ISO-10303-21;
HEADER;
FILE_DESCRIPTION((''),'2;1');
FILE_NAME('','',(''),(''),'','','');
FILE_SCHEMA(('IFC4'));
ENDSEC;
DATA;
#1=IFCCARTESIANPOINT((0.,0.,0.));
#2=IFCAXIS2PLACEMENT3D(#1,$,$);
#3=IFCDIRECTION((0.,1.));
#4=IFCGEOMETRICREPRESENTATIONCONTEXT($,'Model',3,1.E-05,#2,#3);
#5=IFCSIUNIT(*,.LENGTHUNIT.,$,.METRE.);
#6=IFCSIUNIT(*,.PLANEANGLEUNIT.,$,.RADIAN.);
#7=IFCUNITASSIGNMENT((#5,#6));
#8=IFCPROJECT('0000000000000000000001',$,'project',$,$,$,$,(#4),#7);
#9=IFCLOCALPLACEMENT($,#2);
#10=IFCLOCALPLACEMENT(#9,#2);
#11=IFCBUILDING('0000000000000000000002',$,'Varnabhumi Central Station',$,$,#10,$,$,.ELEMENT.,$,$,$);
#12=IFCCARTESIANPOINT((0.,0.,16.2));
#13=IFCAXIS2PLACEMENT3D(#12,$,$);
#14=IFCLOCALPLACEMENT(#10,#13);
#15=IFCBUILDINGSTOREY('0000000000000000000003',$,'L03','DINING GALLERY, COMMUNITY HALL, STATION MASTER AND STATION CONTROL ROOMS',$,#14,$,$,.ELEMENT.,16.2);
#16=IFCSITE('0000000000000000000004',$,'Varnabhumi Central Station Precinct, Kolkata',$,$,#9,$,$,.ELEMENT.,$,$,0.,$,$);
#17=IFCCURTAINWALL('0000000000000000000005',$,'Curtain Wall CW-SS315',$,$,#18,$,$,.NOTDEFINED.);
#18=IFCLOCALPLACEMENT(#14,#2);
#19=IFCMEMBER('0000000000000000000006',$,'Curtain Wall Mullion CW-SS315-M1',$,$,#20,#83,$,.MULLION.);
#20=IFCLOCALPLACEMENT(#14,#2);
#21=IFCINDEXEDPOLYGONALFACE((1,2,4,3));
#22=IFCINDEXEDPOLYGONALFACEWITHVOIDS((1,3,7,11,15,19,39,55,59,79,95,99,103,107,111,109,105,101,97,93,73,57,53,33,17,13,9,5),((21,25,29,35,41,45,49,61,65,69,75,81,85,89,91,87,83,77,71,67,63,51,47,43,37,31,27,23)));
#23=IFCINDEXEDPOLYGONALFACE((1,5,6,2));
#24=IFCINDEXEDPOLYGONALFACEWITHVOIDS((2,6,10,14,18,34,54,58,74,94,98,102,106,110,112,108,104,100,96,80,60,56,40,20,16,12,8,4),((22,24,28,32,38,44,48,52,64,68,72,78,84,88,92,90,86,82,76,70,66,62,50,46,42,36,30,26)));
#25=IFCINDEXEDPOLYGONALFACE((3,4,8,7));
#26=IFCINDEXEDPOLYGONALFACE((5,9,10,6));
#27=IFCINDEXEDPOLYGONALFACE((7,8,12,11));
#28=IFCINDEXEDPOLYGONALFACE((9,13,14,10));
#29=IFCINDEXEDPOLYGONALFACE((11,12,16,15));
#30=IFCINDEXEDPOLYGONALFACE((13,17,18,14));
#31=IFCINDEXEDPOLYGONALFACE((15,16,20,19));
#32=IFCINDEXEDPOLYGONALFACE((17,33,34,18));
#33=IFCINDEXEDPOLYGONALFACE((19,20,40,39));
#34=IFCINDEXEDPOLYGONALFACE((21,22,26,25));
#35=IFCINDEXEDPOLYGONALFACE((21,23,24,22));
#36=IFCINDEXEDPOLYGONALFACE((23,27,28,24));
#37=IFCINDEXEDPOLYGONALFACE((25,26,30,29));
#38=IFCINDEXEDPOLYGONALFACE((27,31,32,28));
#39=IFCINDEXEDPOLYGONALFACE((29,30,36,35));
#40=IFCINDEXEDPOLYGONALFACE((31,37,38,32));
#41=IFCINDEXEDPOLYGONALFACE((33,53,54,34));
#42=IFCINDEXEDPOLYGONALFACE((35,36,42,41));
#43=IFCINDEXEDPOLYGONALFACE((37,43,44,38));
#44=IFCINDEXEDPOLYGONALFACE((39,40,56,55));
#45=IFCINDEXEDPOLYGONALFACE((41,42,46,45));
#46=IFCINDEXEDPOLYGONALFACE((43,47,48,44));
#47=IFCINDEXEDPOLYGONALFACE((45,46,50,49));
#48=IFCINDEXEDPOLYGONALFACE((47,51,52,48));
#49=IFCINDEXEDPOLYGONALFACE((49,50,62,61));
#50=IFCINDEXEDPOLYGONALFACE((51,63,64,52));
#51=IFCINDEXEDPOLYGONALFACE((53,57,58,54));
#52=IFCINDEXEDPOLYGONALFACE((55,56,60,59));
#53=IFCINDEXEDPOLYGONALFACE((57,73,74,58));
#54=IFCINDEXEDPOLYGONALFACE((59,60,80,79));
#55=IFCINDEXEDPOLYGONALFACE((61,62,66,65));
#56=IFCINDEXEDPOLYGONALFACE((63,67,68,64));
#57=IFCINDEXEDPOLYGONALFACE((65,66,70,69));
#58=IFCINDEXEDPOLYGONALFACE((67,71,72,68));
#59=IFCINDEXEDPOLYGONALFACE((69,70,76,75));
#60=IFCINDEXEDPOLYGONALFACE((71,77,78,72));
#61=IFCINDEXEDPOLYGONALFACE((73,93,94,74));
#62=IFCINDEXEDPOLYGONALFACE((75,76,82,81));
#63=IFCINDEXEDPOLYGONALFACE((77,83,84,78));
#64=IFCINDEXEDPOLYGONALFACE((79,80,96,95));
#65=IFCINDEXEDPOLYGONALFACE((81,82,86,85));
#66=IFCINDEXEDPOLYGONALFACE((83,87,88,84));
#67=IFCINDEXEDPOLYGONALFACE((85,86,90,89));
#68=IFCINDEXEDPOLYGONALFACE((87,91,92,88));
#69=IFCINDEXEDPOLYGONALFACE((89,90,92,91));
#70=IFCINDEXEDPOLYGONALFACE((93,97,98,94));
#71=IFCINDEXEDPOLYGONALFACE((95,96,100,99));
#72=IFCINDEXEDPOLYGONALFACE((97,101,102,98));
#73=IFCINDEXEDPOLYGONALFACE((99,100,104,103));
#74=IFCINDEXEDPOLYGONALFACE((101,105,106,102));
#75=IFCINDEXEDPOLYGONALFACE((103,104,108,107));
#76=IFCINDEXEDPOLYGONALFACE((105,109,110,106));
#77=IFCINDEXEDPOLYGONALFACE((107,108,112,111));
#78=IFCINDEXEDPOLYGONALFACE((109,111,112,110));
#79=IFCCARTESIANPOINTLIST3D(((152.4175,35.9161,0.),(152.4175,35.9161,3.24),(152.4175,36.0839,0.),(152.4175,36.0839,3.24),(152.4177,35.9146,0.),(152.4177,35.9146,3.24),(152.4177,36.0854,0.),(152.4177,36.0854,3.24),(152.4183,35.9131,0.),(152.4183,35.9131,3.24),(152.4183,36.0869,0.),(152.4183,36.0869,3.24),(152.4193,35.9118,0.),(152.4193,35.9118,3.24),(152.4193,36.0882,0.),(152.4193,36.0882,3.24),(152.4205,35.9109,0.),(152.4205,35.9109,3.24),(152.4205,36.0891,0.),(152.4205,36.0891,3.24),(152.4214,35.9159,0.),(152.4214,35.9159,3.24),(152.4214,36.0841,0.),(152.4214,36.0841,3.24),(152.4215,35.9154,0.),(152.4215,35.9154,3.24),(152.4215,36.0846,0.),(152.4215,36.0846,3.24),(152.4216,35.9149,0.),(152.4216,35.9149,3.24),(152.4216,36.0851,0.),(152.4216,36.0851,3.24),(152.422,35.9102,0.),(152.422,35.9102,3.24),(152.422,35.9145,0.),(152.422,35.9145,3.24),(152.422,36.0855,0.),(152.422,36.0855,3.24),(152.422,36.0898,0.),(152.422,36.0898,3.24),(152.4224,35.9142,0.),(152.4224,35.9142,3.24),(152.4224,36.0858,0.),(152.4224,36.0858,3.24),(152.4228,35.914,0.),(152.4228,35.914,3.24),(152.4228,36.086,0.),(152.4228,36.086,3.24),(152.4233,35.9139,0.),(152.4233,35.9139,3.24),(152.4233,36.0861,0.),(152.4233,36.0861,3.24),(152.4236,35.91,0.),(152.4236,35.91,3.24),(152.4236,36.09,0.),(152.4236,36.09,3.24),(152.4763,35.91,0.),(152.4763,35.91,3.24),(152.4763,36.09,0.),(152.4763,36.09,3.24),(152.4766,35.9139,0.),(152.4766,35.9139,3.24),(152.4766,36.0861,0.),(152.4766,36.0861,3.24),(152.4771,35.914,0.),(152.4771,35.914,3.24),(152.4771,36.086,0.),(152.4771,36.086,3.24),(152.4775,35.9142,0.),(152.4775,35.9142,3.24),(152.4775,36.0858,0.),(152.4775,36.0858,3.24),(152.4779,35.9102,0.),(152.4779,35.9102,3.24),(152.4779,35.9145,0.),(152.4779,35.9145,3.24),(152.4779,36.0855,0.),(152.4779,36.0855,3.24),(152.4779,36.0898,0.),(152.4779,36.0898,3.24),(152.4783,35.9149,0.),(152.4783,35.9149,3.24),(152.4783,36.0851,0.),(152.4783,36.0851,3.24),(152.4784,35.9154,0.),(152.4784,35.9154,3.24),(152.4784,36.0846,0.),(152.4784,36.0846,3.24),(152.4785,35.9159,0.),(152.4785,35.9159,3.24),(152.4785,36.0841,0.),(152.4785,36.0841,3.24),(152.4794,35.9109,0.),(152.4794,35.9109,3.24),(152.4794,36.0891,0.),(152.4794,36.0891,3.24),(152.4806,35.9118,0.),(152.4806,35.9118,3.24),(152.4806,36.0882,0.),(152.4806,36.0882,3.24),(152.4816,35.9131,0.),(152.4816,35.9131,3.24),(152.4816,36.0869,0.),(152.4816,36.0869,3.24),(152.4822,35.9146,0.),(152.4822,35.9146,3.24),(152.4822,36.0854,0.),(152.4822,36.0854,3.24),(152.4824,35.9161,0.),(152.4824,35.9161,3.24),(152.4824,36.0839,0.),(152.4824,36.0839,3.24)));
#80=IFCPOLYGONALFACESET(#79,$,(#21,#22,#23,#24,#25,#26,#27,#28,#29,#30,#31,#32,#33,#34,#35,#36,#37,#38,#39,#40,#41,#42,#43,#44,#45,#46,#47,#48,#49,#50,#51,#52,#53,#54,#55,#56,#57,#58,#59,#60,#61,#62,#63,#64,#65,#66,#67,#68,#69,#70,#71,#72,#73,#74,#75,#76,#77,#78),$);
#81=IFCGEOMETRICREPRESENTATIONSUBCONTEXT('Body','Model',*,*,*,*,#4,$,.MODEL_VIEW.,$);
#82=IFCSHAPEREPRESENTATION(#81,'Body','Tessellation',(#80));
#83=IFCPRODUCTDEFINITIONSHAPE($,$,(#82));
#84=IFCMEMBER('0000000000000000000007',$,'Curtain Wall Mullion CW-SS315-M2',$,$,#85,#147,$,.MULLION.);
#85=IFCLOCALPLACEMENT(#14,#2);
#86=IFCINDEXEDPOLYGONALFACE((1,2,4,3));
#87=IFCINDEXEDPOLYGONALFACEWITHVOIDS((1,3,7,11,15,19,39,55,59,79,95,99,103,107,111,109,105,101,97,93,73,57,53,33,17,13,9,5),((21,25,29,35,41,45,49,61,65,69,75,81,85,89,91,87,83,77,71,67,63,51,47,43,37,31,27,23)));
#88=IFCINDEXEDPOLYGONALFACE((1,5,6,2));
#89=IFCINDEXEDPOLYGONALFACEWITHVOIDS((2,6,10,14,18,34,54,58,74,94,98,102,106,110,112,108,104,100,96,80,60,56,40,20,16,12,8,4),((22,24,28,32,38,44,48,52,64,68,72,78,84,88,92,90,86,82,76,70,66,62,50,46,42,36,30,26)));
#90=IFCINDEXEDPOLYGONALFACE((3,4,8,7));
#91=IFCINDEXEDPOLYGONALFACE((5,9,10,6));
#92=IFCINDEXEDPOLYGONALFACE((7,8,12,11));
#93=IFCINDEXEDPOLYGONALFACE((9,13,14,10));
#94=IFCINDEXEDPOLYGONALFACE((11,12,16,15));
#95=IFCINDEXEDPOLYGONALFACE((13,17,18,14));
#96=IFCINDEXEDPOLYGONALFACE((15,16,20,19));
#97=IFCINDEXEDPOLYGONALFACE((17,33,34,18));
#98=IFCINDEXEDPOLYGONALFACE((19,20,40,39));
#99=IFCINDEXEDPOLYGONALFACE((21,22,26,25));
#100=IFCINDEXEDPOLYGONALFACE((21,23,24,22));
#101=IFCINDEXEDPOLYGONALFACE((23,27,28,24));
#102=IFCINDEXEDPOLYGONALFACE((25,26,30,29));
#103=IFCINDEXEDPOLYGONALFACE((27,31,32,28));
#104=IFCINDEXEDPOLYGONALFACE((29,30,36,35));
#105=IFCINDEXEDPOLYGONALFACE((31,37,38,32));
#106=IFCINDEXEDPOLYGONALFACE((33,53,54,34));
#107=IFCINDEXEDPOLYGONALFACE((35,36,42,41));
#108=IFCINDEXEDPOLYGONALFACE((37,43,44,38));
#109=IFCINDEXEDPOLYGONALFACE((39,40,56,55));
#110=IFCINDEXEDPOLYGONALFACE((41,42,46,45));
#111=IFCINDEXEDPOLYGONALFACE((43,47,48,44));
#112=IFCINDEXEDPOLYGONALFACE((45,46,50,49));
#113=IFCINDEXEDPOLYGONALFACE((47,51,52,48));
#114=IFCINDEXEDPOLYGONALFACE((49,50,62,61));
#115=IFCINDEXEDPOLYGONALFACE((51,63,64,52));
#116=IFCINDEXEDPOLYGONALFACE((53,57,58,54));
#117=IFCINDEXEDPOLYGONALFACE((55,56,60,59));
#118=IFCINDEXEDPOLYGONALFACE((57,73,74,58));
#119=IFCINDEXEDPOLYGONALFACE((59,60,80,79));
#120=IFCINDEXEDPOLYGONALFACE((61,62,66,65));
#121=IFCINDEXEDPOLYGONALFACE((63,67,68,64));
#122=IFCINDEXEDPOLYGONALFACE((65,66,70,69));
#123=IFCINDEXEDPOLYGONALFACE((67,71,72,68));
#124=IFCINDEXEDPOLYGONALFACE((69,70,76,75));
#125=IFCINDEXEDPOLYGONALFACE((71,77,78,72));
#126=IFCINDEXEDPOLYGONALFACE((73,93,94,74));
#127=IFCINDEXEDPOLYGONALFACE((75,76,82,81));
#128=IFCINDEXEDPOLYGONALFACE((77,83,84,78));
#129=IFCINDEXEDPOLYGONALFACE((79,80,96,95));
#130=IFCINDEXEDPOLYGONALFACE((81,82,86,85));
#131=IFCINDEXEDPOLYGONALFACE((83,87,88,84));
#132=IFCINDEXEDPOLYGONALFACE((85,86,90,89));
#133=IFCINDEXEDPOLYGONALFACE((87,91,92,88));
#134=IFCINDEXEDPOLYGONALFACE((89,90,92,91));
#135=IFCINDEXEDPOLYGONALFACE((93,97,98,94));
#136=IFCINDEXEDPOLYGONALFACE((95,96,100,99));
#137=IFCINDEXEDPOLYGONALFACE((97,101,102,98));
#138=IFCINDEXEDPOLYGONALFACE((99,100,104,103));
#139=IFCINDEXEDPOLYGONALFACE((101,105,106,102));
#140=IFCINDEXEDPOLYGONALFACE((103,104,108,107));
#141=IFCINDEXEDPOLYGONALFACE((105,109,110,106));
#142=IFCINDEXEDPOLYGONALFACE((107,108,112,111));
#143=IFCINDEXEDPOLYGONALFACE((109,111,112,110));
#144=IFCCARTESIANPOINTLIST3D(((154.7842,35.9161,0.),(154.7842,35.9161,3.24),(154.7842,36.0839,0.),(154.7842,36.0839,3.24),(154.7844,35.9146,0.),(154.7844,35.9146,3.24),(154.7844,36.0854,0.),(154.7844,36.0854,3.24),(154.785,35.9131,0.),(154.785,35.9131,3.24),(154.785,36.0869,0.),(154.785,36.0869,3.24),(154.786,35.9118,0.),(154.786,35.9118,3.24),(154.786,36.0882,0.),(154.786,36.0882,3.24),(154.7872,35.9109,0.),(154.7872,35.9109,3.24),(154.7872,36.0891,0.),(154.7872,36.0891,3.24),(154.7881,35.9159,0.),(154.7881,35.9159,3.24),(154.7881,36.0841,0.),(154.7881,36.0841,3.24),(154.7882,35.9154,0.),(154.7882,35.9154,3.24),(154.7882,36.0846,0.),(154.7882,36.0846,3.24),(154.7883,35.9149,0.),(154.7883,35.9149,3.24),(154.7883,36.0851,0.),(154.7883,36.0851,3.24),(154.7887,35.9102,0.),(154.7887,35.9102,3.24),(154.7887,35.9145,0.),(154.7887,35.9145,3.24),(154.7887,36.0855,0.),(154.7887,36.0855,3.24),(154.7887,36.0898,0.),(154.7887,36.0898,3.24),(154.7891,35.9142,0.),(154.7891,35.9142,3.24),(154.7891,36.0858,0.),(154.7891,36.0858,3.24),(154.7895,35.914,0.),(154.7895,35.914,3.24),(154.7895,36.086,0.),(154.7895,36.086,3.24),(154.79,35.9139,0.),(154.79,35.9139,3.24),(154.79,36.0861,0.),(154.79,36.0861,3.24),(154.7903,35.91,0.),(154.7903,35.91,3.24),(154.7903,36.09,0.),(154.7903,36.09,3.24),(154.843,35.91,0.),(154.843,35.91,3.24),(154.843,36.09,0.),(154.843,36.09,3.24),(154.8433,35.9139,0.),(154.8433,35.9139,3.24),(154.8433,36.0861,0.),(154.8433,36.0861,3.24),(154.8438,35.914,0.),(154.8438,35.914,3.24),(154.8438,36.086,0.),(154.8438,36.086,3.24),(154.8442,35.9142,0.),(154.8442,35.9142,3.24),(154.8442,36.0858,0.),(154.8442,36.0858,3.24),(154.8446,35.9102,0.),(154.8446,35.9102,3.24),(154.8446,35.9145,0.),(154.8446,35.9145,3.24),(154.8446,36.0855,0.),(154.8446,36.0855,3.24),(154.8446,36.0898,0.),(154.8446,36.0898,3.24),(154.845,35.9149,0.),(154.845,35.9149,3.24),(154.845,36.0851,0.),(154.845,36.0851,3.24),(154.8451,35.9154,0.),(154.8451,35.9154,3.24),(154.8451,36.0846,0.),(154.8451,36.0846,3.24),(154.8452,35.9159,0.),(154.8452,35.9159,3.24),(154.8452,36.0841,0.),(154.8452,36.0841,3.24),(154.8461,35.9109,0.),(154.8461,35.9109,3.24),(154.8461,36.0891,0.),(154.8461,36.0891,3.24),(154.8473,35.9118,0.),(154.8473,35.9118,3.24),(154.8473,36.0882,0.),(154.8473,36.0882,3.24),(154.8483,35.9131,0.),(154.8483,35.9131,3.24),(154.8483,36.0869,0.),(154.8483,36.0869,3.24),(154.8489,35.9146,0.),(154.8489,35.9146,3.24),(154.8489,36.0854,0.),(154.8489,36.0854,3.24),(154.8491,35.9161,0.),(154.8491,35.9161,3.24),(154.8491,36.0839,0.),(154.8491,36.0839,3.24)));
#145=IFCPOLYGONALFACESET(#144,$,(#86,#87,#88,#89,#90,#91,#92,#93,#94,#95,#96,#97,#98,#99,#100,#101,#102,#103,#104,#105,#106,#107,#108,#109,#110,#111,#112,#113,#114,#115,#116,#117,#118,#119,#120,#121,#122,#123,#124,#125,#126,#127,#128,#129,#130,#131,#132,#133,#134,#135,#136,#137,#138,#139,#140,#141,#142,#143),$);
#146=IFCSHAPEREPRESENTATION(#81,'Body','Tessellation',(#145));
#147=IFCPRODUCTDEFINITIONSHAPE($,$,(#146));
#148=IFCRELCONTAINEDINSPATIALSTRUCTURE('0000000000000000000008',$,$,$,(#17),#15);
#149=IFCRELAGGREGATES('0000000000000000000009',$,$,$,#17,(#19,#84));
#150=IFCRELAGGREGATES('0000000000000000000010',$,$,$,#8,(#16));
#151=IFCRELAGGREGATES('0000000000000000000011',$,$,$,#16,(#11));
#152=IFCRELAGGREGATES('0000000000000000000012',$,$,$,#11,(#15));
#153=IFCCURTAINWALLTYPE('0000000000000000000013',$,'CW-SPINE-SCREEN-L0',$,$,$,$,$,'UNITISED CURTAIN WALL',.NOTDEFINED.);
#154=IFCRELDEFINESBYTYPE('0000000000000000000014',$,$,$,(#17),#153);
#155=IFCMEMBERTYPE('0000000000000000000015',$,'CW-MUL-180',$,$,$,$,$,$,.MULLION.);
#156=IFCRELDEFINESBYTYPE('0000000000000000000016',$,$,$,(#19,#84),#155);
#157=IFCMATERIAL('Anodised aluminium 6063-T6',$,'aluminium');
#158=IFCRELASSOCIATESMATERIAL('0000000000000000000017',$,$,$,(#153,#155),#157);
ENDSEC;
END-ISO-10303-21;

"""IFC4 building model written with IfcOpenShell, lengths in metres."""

from ifc_helpers import new_model, si_unit, direction, frame, origin, origin_2d, place, context, subcontext, project, spatial, hollow_rectangle, extrude, material, material_profile, profile_set, type_object, element, aggregate, save


model = new_model("IFC4")

# Units and contexts
model_context = context("Model", 3, precision=1e-05, world=origin(), true_north=direction((0.0, 1.0)))
body_context = subcontext(model_context, "Body", "Model", "MODEL_VIEW")
ifc_project = project(units=[si_unit("LENGTHUNIT", "METRE"), si_unit("PLANEANGLEUNIT", "RADIAN")], contexts=[model_context])

# Site, building, storey
site_placement = place(None, origin())
site = spatial("IfcSite", under=ifc_project, at=site_placement, Name="Varnabhumi Central Station Precinct, Kolkata", CompositionType="ELEMENT", RefElevation=0.0)
building_placement = place(site_placement, origin())
building = spatial("IfcBuilding", under=site, at=building_placement, Name="Varnabhumi Central Station", CompositionType="ELEMENT")
storey_placement = place(building_placement, frame((0.0, 0.0, 16.2)))
storey = spatial("IfcBuildingStorey", under=building, at=storey_placement, Name="L03", Description="DINING GALLERY, COMMUNITY HALL, STATION MASTER AND STATION CONTROL ROOMS", CompositionType="ELEMENT", Elevation=16.2)

# Curtain wall, members
ifc_material_1 = material(Name="Anodised aluminium 6063-T6", Category="aluminium")
curtain_wall_type = type_object("IfcCurtainWallType", Name="CW-SPINE-SCREEN-L0", ElementType="UNITISED CURTAIN WALL", PredefinedType="NOTDEFINED", material=ifc_material_1)
curtain_wall_placement = place(storey_placement, origin())
curtain_wall = element("IfcCurtainWall", 1, at=curtain_wall_placement, inside=storey, type_object=curtain_wall_type, Name="Curtain Wall CW-SS315", PredefinedType="NOTDEFINED")
ifc_material_profile_1 = material_profile(ifc_material_1, hollow_rectangle(XDim=0.0649, YDim=0.1799, WallThickness=0.0039, InnerFilletRadius=0.002, OuterFilletRadius=0.0061, at=origin_2d()), Name="Anodised aluminium 6063-T6", Category="aluminium")
ifc_profile_set_1 = profile_set([ifc_material_profile_1], Name="Anodised aluminium 6063-T6")
member_type_1 = type_object("IfcMemberType", Name="CW-MUL-180", PredefinedType="MULLION", material=ifc_profile_set_1)
member_1_placement = place(storey_placement, frame((152.45, 36.0, 0.0), z_axis=(0.0, 0.0, 1.0), x_axis=(1.0, 0.0, 0.0)))
member_1 = element("IfcMember", 2, at=member_1_placement, type_object=member_type_1, Name="Curtain Wall Mullion CW-SS315-M1", PredefinedType="MULLION", context=body_context, shape_type="SweptSolid", body=[
    extrude(hollow_rectangle(XDim=0.0649, YDim=0.1799, WallThickness=0.0039, InnerFilletRadius=0.002, OuterFilletRadius=0.0061, at=origin_2d()), origin(), (0.0, 0.0, 1.0), 3.24),
])
member_2_placement = place(storey_placement, frame((154.8167, 36.0, 0.0), z_axis=(0.0, 0.0, 1.0), x_axis=(1.0, 0.0, 0.0)))
member_2 = element("IfcMember", 3, at=member_2_placement, type_object=member_type_1, Name="Curtain Wall Mullion CW-SS315-M2", PredefinedType="MULLION", context=body_context, shape_type="SweptSolid", body=[
    extrude(hollow_rectangle(XDim=0.0649, YDim=0.1799, WallThickness=0.0039, InnerFilletRadius=0.002, OuterFilletRadius=0.0061, at=origin_2d()), origin(), (0.0, 0.0, 1.0), 3.24),
])

aggregate(curtain_wall, [member_1, member_2])

save(model, "model.ifc")
